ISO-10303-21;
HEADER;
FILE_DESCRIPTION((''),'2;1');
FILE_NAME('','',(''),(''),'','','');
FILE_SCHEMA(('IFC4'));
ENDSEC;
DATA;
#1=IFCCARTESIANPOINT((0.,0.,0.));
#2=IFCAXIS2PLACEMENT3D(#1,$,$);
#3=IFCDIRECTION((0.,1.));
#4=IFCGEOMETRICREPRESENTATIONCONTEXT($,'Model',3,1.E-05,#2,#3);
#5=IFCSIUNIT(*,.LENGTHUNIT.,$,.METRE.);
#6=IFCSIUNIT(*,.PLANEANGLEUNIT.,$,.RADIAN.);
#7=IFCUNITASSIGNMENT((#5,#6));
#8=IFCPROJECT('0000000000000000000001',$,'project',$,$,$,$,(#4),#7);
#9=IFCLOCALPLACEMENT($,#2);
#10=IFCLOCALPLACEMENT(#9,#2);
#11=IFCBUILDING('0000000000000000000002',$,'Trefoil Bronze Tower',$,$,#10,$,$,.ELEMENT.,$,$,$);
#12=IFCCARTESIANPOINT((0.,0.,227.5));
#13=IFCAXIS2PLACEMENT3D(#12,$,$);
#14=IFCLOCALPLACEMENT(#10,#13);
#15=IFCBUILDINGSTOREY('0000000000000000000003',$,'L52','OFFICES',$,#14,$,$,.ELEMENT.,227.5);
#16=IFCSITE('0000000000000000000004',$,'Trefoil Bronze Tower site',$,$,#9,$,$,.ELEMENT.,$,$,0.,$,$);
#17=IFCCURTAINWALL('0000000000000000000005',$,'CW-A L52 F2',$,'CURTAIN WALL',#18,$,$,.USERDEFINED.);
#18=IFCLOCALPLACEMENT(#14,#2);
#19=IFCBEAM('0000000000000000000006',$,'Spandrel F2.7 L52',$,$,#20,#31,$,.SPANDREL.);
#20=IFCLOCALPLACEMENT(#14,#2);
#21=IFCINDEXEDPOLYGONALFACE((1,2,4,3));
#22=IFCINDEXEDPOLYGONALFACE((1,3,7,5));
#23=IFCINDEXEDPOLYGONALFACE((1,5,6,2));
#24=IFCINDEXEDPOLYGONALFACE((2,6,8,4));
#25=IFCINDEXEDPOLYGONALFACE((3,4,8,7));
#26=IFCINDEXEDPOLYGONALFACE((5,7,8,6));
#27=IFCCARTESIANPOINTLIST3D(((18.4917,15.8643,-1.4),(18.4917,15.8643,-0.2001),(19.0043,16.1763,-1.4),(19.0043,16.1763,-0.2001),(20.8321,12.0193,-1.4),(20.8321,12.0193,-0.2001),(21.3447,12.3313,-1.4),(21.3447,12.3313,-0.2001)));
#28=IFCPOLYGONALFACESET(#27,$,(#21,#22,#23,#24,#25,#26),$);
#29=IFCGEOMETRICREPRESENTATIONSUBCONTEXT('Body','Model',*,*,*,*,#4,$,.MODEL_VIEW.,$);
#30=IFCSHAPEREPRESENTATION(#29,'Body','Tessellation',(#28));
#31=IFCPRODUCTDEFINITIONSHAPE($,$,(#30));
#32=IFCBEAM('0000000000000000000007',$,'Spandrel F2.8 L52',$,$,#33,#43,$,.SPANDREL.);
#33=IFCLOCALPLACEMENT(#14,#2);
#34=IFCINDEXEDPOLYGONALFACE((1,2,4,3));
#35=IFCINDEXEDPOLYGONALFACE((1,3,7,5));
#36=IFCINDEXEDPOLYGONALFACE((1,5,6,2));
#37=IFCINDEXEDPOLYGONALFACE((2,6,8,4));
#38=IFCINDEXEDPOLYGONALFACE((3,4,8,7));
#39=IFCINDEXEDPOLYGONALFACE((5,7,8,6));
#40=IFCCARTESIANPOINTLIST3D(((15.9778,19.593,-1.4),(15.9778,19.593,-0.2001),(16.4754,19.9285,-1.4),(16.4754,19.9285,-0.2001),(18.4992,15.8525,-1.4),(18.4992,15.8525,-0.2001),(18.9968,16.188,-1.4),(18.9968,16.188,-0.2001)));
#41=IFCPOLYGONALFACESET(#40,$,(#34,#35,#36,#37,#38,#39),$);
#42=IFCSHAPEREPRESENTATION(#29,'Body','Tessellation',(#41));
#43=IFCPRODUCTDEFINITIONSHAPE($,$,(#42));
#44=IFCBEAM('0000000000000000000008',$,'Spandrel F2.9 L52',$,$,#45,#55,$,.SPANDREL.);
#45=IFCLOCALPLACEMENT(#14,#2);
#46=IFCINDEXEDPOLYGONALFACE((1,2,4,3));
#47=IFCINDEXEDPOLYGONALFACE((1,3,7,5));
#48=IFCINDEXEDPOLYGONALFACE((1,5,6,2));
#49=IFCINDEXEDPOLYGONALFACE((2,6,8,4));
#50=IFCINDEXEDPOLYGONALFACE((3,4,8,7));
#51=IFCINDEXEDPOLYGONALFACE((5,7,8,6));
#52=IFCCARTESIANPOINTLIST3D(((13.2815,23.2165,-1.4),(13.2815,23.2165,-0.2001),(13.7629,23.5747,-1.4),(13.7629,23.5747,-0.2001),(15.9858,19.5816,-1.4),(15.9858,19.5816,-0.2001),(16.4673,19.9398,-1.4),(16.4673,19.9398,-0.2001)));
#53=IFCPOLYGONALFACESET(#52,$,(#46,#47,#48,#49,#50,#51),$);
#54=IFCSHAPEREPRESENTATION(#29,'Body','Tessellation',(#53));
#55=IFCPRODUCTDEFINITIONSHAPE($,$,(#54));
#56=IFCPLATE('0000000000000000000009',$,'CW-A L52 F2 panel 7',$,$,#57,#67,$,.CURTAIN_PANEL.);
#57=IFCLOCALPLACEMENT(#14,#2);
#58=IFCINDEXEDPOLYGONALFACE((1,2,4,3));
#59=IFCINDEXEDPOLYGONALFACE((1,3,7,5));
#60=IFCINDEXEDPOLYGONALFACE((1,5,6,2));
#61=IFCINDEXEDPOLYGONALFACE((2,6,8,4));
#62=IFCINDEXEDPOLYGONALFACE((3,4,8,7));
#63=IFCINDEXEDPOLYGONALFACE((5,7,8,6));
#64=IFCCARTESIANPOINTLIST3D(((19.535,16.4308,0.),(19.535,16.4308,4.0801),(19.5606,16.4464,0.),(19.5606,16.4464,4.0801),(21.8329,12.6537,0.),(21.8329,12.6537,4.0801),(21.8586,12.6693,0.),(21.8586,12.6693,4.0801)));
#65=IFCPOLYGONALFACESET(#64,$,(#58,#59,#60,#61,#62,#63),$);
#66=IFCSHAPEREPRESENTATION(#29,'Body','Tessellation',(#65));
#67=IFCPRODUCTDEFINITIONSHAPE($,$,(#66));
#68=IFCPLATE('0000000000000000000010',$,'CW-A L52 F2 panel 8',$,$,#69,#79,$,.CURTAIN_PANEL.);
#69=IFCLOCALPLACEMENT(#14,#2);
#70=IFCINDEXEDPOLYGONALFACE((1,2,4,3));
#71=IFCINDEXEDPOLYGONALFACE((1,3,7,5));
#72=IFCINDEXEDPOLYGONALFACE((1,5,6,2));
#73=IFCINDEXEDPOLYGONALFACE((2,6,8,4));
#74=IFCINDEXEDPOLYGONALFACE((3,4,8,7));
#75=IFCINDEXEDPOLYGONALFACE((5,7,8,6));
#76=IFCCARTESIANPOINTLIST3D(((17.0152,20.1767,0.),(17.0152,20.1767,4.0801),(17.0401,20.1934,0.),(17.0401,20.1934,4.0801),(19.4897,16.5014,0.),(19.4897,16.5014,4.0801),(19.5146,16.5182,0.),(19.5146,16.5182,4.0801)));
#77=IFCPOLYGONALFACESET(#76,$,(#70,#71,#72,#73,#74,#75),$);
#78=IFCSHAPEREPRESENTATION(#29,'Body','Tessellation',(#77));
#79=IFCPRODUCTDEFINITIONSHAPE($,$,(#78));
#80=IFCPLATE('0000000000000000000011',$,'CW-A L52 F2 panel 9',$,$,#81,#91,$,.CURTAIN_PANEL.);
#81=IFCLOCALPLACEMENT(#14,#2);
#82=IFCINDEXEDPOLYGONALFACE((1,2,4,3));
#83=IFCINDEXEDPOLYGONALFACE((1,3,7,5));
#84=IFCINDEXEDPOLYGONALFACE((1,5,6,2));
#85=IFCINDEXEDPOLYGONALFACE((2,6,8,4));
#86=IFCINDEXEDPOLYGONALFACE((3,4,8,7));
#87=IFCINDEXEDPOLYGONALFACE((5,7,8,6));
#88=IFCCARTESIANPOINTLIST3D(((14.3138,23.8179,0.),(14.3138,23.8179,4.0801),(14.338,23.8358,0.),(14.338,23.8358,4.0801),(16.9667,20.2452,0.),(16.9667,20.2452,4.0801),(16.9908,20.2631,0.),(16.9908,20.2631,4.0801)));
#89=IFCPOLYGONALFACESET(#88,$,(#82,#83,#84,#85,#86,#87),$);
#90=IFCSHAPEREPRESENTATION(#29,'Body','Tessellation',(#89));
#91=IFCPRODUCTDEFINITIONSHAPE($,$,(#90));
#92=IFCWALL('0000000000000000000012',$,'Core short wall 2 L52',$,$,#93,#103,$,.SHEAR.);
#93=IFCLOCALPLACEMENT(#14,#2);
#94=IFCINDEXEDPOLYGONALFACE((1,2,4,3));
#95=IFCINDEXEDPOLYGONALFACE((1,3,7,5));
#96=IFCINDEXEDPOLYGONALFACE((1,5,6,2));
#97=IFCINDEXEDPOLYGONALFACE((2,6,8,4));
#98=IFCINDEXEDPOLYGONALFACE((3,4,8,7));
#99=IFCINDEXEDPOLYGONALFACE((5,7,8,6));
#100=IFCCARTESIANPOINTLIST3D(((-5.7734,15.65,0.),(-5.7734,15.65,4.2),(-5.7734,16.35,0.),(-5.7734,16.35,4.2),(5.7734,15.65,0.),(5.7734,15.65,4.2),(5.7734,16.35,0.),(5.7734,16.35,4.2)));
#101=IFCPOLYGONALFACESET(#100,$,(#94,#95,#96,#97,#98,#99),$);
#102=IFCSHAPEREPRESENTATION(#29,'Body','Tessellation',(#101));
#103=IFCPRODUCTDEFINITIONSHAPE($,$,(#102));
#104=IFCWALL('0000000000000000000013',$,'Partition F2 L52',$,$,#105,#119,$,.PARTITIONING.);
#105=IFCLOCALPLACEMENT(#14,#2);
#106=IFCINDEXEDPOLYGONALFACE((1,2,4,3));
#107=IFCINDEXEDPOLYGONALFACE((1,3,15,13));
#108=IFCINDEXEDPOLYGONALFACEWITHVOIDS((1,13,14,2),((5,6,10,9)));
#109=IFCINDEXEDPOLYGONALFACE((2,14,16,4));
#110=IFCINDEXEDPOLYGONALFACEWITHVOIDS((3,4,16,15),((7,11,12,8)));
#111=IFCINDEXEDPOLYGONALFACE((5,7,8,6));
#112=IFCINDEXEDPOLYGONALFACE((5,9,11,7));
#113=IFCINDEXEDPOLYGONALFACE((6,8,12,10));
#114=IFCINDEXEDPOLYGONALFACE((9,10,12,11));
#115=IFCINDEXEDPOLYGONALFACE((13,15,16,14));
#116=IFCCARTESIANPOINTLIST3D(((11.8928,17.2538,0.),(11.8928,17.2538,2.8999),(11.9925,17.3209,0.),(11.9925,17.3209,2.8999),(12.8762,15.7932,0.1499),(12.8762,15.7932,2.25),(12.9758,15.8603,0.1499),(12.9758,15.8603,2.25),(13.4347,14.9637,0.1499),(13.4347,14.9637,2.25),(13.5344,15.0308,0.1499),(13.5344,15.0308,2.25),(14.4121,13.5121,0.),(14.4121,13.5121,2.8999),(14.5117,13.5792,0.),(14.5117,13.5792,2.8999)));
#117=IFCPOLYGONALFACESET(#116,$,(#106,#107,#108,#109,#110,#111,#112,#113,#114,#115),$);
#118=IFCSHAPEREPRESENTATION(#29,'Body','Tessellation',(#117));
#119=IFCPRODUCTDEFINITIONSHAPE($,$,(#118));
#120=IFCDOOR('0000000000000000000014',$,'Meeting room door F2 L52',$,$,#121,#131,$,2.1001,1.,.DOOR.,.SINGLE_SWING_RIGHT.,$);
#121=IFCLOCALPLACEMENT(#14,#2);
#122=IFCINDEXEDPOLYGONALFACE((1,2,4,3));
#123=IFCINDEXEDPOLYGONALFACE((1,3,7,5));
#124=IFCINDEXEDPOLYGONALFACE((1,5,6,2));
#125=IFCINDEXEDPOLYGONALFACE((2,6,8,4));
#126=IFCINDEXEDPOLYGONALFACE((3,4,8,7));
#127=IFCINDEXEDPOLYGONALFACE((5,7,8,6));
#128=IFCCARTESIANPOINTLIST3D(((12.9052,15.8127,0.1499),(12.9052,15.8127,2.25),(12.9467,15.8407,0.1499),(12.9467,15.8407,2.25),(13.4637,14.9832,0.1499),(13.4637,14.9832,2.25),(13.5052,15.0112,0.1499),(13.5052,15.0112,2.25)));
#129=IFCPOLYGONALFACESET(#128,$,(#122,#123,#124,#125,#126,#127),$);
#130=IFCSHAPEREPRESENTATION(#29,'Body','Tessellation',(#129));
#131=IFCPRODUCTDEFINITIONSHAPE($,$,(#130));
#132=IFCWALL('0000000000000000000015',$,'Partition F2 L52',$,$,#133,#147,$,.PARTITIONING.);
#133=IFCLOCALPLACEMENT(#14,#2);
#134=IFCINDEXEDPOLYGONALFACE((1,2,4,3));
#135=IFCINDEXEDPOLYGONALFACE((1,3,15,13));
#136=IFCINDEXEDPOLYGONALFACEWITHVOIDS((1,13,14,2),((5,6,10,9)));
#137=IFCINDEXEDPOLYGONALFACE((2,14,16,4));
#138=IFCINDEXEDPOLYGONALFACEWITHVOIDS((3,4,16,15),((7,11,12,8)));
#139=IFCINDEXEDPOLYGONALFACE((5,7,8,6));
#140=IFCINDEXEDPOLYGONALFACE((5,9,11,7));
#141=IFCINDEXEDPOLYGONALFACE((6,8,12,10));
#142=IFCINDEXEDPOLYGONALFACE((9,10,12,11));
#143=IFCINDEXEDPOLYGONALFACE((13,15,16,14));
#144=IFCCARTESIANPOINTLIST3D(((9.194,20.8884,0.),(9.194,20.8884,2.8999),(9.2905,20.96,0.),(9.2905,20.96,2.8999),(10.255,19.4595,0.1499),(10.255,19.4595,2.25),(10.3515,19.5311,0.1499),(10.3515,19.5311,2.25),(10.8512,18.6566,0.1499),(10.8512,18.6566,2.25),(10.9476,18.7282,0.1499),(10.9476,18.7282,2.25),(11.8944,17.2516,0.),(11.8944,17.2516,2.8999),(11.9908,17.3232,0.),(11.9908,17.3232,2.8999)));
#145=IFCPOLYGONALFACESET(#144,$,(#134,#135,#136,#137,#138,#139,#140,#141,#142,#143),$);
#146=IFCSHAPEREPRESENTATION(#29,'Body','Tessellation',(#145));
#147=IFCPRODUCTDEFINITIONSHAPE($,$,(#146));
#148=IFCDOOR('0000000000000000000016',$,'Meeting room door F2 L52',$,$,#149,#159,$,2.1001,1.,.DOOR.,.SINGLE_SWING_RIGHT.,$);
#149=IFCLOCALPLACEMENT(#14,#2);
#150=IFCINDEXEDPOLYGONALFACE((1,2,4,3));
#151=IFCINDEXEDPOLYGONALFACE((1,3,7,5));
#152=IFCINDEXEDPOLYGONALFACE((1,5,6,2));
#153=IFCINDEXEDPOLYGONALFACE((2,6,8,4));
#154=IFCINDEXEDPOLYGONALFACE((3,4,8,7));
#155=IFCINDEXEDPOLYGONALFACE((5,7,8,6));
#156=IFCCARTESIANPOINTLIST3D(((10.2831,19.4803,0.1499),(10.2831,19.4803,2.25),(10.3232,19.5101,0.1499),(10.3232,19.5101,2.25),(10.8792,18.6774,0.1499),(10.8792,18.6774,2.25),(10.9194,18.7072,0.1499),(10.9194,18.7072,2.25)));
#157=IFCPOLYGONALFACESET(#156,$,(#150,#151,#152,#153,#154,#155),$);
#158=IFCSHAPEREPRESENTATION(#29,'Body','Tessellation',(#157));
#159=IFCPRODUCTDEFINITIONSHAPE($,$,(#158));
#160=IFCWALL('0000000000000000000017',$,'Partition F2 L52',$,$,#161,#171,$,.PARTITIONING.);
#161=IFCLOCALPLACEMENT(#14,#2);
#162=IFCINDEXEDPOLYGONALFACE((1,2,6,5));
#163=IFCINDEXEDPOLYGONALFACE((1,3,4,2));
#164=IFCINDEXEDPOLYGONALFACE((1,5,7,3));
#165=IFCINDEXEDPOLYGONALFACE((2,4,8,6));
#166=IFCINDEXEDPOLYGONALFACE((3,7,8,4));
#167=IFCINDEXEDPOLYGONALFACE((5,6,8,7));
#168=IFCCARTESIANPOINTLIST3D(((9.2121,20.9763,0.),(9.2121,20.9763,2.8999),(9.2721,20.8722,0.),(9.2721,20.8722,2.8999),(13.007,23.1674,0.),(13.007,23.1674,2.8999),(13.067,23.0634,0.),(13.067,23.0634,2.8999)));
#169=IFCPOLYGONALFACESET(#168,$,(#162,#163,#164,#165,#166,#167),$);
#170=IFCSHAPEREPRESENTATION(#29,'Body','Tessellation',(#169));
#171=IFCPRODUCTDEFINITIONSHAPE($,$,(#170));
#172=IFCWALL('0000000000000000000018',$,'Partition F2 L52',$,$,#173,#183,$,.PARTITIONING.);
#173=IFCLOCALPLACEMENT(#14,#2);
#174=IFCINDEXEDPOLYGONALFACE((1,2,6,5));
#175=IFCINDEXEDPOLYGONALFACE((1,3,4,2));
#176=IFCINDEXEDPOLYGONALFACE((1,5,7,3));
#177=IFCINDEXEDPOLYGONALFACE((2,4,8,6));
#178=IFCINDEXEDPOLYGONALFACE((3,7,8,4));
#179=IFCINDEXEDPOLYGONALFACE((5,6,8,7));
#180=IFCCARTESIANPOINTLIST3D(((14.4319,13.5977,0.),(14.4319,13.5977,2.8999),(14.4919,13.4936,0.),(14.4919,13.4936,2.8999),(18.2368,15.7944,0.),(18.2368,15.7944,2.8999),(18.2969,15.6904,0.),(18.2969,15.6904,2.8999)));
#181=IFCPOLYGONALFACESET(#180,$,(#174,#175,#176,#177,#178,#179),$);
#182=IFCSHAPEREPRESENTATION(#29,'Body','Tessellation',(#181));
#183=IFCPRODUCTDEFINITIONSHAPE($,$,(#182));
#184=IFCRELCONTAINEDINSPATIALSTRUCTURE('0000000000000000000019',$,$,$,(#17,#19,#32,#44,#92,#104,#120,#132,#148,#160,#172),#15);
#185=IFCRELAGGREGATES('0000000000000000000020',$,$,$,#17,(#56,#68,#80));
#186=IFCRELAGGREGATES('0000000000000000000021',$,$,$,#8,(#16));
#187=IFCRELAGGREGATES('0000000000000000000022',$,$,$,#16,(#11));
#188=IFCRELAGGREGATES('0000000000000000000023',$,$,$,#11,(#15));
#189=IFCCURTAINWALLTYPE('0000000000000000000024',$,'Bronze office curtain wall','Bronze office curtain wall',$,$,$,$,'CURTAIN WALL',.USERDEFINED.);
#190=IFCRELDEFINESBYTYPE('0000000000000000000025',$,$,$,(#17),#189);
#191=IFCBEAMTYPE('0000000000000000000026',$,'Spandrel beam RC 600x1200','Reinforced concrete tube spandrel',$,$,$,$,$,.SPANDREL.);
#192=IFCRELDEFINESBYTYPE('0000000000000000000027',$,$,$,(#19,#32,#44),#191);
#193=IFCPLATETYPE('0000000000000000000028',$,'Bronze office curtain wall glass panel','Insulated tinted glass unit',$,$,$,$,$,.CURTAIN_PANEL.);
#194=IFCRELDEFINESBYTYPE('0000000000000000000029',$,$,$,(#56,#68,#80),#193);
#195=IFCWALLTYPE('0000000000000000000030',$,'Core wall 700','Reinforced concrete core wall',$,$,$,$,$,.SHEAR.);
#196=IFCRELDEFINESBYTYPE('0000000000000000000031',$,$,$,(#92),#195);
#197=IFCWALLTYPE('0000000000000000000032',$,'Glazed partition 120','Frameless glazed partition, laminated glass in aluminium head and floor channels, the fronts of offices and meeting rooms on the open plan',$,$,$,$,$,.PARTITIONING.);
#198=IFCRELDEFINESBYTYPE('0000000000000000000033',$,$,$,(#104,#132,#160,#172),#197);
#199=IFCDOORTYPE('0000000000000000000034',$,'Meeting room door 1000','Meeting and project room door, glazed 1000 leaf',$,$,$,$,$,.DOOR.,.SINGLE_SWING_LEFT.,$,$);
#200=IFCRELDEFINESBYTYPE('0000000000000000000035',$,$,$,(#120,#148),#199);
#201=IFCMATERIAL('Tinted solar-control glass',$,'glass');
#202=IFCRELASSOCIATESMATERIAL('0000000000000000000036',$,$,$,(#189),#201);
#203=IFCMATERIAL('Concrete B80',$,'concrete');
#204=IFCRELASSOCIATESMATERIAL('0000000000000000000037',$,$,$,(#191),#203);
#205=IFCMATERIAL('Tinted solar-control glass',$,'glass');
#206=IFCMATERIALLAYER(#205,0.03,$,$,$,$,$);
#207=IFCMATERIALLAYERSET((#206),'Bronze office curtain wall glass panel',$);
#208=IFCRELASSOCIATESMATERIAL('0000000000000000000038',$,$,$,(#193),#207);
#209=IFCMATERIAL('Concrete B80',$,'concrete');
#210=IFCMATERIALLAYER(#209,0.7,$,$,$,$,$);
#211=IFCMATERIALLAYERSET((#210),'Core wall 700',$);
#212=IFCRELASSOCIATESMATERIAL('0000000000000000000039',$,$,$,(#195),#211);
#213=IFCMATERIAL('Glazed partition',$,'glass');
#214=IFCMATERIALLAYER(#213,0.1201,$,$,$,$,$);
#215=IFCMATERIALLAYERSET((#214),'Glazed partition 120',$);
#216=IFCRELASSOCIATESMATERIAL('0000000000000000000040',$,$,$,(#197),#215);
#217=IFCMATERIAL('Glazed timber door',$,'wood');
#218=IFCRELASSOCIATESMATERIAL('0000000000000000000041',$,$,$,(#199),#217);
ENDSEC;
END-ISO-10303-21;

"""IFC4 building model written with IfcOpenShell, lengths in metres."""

from ifc_helpers import new_model, si_unit, direction, frame, frame_2d, origin, origin_2d, place, context, subcontext, project, spatial, rectangle, extrude, material, layer, layer_set, material_profile, profile_set, type_object, element, fill, aggregate, save


model = new_model("IFC4")

# Units and contexts
model_context = context("Model", 3, precision=1e-05, world=origin(), true_north=direction((0.0, 1.0)))
body_context = subcontext(model_context, "Body", "Model", "MODEL_VIEW")
ifc_project = project(units=[si_unit("LENGTHUNIT", "METRE"), si_unit("PLANEANGLEUNIT", "RADIAN")], contexts=[model_context])

# Site, building, storey
site_placement = place(None, origin())
site = spatial("IfcSite", under=ifc_project, at=site_placement, Name="Trefoil Bronze Tower site", CompositionType="ELEMENT", RefElevation=0.0)
building_placement = place(site_placement, origin())
building = spatial("IfcBuilding", under=site, at=building_placement, Name="Trefoil Bronze Tower", CompositionType="ELEMENT")
storey_placement = place(building_placement, frame((0.0, 0.0, 227.5)))
storey = spatial("IfcBuildingStorey", under=building, at=storey_placement, Name="L52", Description="OFFICES", CompositionType="ELEMENT", Elevation=227.5)

# Curtain wall
ifc_material_1 = material(Name="Tinted solar-control glass", Category="glass")
curtain_wall_type = type_object("IfcCurtainWallType", Name="Bronze office curtain wall", Description="Bronze office curtain wall", ElementType="CURTAIN WALL", PredefinedType="USERDEFINED", material=ifc_material_1)
curtain_wall_placement = place(storey_placement, origin())
curtain_wall = element("IfcCurtainWall", 1, at=curtain_wall_placement, inside=storey, type_object=curtain_wall_type, Name="CW-A L52 F2", ObjectType="CURTAIN WALL", PredefinedType="USERDEFINED")

# Beams
ifc_material_2 = material(Name="Concrete B80", Category="concrete")
ifc_material_profile_1 = material_profile(ifc_material_2, rectangle(XDim=0.6001, YDim=1.2, at=origin_2d()), Name="RC 600x1200")
ifc_profile_set_1 = profile_set([ifc_material_profile_1], Name="Concrete B80")
beam_type_1 = type_object("IfcBeamType", Name="Spandrel beam RC 600x1200", Description="Reinforced concrete tube spandrel", PredefinedType="SPANDREL", material=ifc_profile_set_1)
beam_1_placement = place(storey_placement, frame((21.0884, 12.1753, -0.8), z_axis=(-0.519933, 0.854207, 0.0), x_axis=(-0.854207, -0.519933, 0.0)))
element("IfcBeam", 2, at=beam_1_placement, inside=storey, type_object=beam_type_1, Name="Spandrel F2.7 L52", PredefinedType="SPANDREL", context=body_context, shape_type="SweptSolid", body=[
    extrude(rectangle(XDim=0.6001, YDim=1.2, at=origin_2d()), origin(), (0.0, 0.0, 1.0), 4.5012),
])
beam_2_placement = place(storey_placement, frame((18.748, 16.0203, -0.8), z_axis=(-0.558964, 0.829192, 0.0), x_axis=(-0.829192, -0.558964, 0.0)))
element("IfcBeam", 3, at=beam_2_placement, inside=storey, type_object=beam_type_1, Name="Spandrel F2.8 L52", PredefinedType="SPANDREL", context=body_context, shape_type="SweptSolid", body=[
    extrude(rectangle(XDim=0.6001, YDim=1.2, at=origin_2d()), origin(), (0.0, 0.0, 1.0), 4.511),
])
beam_3_placement = place(storey_placement, frame((16.2266, 19.7607, -0.8), z_axis=(-0.596926, 0.802296, 0.0), x_axis=(-0.802296, -0.596926, 0.0)))
element("IfcBeam", 4, at=beam_3_placement, inside=storey, type_object=beam_type_1, Name="Spandrel F2.9 L52", PredefinedType="SPANDREL", context=body_context, shape_type="SweptSolid", body=[
    extrude(rectangle(XDim=0.6001, YDim=1.2, at=origin_2d()), origin(), (0.0, 0.0, 1.0), 4.5305),
])

# Plates
ifc_material_3 = material(Name="Tinted solar-control glass", Category="glass")
ifc_layer_1 = layer(ifc_material_3, 0.03)
ifc_layer_set_1 = layer_set([ifc_layer_1], Name="Bronze office curtain wall glass panel")
plate_type = type_object("IfcPlateType", Name="Bronze office curtain wall glass panel", Description="Insulated tinted glass unit", PredefinedType="CURTAIN_PANEL", material=ifc_layer_set_1)
plate_1_placement = place(storey_placement, frame((20.6968, 14.55, 0.0), z_axis=(0.0, 0.0, 1.0), x_axis=(-0.519762, 0.854311, 0.0)))
plate_1 = element("IfcPlate", 5, at=plate_1_placement, type_object=plate_type, Name="CW-A L52 F2 panel 7", PredefinedType="CURTAIN_PANEL", context=body_context, shape_type="SweptSolid", body=[
    extrude(rectangle(XDim=4.4211, YDim=0.03, at=origin_2d()), origin(), (0.0, 0.0, 1.0), 4.0801),
])
plate_2_placement = place(storey_placement, frame((18.2649, 18.3474, 0.0), z_axis=(0.0, 0.0, 1.0), x_axis=(-0.558493, 0.829509, 0.0)))
plate_2 = element("IfcPlate", 6, at=plate_2_placement, type_object=plate_type, Name="CW-A L52 F2 panel 8", PredefinedType="CURTAIN_PANEL", context=body_context, shape_type="SweptSolid", body=[
    extrude(rectangle(XDim=4.4307, YDim=0.03, at=origin_2d()), origin(), (0.0, 0.0, 1.0), 4.0801),
])
plate_3_placement = place(storey_placement, frame((15.6523, 22.0405, 0.0), z_axis=(0.0, 0.0, 1.0), x_axis=(-0.596162, 0.802865, 0.0)))
plate_3 = element("IfcPlate", 7, at=plate_3_placement, type_object=plate_type, Name="CW-A L52 F2 panel 9", PredefinedType="CURTAIN_PANEL", context=body_context, shape_type="SweptSolid", body=[
    extrude(rectangle(XDim=4.45, YDim=0.03, at=origin_2d()), origin(), (0.0, 0.0, 1.0), 4.0801),
])
aggregate(curtain_wall, [plate_1, plate_2, plate_3])

# Wall
ifc_material_4 = material(Name="Concrete B80", Category="concrete")
ifc_layer_2 = layer(ifc_material_4, 0.7)
ifc_layer_set_2 = layer_set([ifc_layer_2], Name="Core wall 700")
wall_type_1 = type_object("IfcWallType", Name="Core wall 700", Description="Reinforced concrete core wall", PredefinedType="SHEAR", material=ifc_layer_set_2)
wall_1_placement = place(storey_placement, frame((5.7734, 16.0, 0.0), z_axis=(0.0, 0.0, 1.0), x_axis=(-1.0, 0.0, 0.0)))
element("IfcWall", 8, at=wall_1_placement, inside=storey, type_object=wall_type_1, Name="Core short wall 2 L52", PredefinedType="SHEAR", context=body_context, shape_type="SweptSolid", body=[
    extrude(rectangle(XDim=11.5469, YDim=0.7, at=frame_2d((5.7734, 0.0))), origin(), (0.0, 0.0, 1.0), 4.2),
])

# Walls, openings, doors
ifc_material_5 = material(Name="Glazed partition", Category="glass")
ifc_layer_3 = layer(ifc_material_5, 0.1201)
ifc_layer_set_3 = layer_set([ifc_layer_3], Name="Glazed partition 120")
wall_type_2 = type_object("IfcWallType", Name="Glazed partition 120", Description="Frameless glazed partition, laminated glass in aluminium head and floor channels, the fronts of offices and meeting rooms on the open plan", PredefinedType="PARTITIONING", material=ifc_layer_set_3)
wall_2_placement = place(storey_placement, frame((14.4619, 13.5457, 0.0), z_axis=(0.0, 0.0, 1.0), x_axis=(-0.558504, 0.829502, 0.0)))
wall_2 = element("IfcWall", 9, at=wall_2_placement, inside=storey, type_object=wall_type_2, Name="Partition F2 L52", PredefinedType="PARTITIONING", context=body_context, shape_type="SweptSolid", body=[
    extrude(rectangle(XDim=4.5107, YDim=0.1201, at=frame_2d((2.2554, 0.0))), origin(), (0.0, 0.0, 1.0), 2.8999),
])
opening_1_placement = place(wall_2_placement, frame((1.75, 0.0, 0.1499)))
opening_1 = element("IfcOpeningElement", 10, at=opening_1_placement, cuts=wall_2, PredefinedType="OPENING", context=body_context, shape_type="SweptSolid", body=[
    extrude(rectangle(XDim=1.0, YDim=2.1001, at=frame_2d((0.5, 1.05))), frame((0.0, 0.0701, 0.0), z_axis=(0.0, -1.0, 0.0), x_axis=(1.0, 0.0, 0.0)), (0.0, 0.0, 1.0), 0.1401),
])
ifc_material_6 = material(Name="Glazed timber door", Category="wood")
door_type = type_object("IfcDoorType", Name="Meeting room door 1000", Description="Meeting and project room door, glazed 1000 leaf", OperationType="SINGLE_SWING_LEFT", PredefinedType="DOOR", material=ifc_material_6)
door_1_placement = place(opening_1_placement, frame((1.0, 0.0, 0.0), z_axis=(0.0, 0.0, 1.0), x_axis=(-1.0, 0.0, 0.0)))
door_1 = element("IfcDoor", 11, at=door_1_placement, inside=storey, type_object=door_type, Name="Meeting room door F2 L52", OperationType="SINGLE_SWING_RIGHT", OverallHeight=2.1001, OverallWidth=1.0, PredefinedType="DOOR", context=body_context, shape_type="SweptSolid", body=[
    extrude(rectangle(XDim=1.0, YDim=2.1001, at=frame_2d((0.5, 1.05))), frame((0.0, 0.0249, 0.0), z_axis=(0.0, -1.0, 0.0), x_axis=(1.0, 0.0, 0.0)), (0.0, 0.0, 1.0), 0.05),
])
fill(opening_1, door_1)
wall_3_placement = place(storey_placement, frame((11.9426, 17.2874, 0.0), z_axis=(0.0, 0.0, 1.0), x_axis=(-0.596138, 0.802882, 0.0)))
wall_3 = element("IfcWall", 12, at=wall_3_placement, inside=storey, type_object=wall_type_2, Name="Partition F2 L52", PredefinedType="PARTITIONING", context=body_context, shape_type="SweptSolid", body=[
    extrude(rectangle(XDim=4.5298, YDim=0.1201, at=frame_2d((2.2649, 0.0))), origin(), (0.0, 0.0, 1.0), 2.8999),
])
opening_2_placement = place(wall_3_placement, frame((1.75, 0.0, 0.1499)))
opening_2 = element("IfcOpeningElement", 13, at=opening_2_placement, cuts=wall_3, PredefinedType="OPENING", context=body_context, shape_type="SweptSolid", body=[
    extrude(rectangle(XDim=1.0, YDim=2.1001, at=frame_2d((0.5, 1.05))), frame((0.0, 0.0701, 0.0), z_axis=(0.0, -1.0, 0.0), x_axis=(1.0, 0.0, 0.0)), (0.0, 0.0, 1.0), 0.1401),
])
door_2_placement = place(opening_2_placement, frame((1.0, 0.0, 0.0), z_axis=(0.0, 0.0, 1.0), x_axis=(-1.0, 0.0, 0.0)))
door_2 = element("IfcDoor", 14, at=door_2_placement, inside=storey, type_object=door_type, Name="Meeting room door F2 L52", OperationType="SINGLE_SWING_RIGHT", OverallHeight=2.1001, OverallWidth=1.0, PredefinedType="DOOR", context=body_context, shape_type="SweptSolid", body=[
    extrude(rectangle(XDim=1.0, YDim=2.1001, at=frame_2d((0.5, 1.05))), frame((0.0, 0.0249, 0.0), z_axis=(0.0, -1.0, 0.0), x_axis=(1.0, 0.0, 0.0)), (0.0, 0.0, 1.0), 0.05),
])
fill(opening_2, door_2)

# Walls
wall_4_placement = place(storey_placement, frame((9.2422, 20.9243, 0.0), z_axis=(0.0, 0.0, 1.0), x_axis=(0.866009, 0.500028, 0.0)))
element("IfcWall", 15, at=wall_4_placement, inside=storey, type_object=wall_type_2, Name="Partition F2 L52", PredefinedType="PARTITIONING", context=body_context, shape_type="SweptSolid", body=[
    extrude(rectangle(XDim=4.3821, YDim=0.1201, at=frame_2d((2.1909, 0.0))), origin(), (0.0, 0.0, 1.0), 2.8999),
])
wall_5_placement = place(storey_placement, frame((14.4619, 13.5457, 0.0), z_axis=(0.0, 0.0, 1.0), x_axis=(0.866025, 0.5, 0.0)))
element("IfcWall", 16, at=wall_5_placement, inside=storey, type_object=wall_type_2, Name="Partition F2 L52", PredefinedType="PARTITIONING", context=body_context, shape_type="SweptSolid", body=[
    extrude(rectangle(XDim=4.3936, YDim=0.1201, at=frame_2d((2.1968, 0.0))), origin(), (0.0, 0.0, 1.0), 2.8999),
])

save(model, "model.ifc")
